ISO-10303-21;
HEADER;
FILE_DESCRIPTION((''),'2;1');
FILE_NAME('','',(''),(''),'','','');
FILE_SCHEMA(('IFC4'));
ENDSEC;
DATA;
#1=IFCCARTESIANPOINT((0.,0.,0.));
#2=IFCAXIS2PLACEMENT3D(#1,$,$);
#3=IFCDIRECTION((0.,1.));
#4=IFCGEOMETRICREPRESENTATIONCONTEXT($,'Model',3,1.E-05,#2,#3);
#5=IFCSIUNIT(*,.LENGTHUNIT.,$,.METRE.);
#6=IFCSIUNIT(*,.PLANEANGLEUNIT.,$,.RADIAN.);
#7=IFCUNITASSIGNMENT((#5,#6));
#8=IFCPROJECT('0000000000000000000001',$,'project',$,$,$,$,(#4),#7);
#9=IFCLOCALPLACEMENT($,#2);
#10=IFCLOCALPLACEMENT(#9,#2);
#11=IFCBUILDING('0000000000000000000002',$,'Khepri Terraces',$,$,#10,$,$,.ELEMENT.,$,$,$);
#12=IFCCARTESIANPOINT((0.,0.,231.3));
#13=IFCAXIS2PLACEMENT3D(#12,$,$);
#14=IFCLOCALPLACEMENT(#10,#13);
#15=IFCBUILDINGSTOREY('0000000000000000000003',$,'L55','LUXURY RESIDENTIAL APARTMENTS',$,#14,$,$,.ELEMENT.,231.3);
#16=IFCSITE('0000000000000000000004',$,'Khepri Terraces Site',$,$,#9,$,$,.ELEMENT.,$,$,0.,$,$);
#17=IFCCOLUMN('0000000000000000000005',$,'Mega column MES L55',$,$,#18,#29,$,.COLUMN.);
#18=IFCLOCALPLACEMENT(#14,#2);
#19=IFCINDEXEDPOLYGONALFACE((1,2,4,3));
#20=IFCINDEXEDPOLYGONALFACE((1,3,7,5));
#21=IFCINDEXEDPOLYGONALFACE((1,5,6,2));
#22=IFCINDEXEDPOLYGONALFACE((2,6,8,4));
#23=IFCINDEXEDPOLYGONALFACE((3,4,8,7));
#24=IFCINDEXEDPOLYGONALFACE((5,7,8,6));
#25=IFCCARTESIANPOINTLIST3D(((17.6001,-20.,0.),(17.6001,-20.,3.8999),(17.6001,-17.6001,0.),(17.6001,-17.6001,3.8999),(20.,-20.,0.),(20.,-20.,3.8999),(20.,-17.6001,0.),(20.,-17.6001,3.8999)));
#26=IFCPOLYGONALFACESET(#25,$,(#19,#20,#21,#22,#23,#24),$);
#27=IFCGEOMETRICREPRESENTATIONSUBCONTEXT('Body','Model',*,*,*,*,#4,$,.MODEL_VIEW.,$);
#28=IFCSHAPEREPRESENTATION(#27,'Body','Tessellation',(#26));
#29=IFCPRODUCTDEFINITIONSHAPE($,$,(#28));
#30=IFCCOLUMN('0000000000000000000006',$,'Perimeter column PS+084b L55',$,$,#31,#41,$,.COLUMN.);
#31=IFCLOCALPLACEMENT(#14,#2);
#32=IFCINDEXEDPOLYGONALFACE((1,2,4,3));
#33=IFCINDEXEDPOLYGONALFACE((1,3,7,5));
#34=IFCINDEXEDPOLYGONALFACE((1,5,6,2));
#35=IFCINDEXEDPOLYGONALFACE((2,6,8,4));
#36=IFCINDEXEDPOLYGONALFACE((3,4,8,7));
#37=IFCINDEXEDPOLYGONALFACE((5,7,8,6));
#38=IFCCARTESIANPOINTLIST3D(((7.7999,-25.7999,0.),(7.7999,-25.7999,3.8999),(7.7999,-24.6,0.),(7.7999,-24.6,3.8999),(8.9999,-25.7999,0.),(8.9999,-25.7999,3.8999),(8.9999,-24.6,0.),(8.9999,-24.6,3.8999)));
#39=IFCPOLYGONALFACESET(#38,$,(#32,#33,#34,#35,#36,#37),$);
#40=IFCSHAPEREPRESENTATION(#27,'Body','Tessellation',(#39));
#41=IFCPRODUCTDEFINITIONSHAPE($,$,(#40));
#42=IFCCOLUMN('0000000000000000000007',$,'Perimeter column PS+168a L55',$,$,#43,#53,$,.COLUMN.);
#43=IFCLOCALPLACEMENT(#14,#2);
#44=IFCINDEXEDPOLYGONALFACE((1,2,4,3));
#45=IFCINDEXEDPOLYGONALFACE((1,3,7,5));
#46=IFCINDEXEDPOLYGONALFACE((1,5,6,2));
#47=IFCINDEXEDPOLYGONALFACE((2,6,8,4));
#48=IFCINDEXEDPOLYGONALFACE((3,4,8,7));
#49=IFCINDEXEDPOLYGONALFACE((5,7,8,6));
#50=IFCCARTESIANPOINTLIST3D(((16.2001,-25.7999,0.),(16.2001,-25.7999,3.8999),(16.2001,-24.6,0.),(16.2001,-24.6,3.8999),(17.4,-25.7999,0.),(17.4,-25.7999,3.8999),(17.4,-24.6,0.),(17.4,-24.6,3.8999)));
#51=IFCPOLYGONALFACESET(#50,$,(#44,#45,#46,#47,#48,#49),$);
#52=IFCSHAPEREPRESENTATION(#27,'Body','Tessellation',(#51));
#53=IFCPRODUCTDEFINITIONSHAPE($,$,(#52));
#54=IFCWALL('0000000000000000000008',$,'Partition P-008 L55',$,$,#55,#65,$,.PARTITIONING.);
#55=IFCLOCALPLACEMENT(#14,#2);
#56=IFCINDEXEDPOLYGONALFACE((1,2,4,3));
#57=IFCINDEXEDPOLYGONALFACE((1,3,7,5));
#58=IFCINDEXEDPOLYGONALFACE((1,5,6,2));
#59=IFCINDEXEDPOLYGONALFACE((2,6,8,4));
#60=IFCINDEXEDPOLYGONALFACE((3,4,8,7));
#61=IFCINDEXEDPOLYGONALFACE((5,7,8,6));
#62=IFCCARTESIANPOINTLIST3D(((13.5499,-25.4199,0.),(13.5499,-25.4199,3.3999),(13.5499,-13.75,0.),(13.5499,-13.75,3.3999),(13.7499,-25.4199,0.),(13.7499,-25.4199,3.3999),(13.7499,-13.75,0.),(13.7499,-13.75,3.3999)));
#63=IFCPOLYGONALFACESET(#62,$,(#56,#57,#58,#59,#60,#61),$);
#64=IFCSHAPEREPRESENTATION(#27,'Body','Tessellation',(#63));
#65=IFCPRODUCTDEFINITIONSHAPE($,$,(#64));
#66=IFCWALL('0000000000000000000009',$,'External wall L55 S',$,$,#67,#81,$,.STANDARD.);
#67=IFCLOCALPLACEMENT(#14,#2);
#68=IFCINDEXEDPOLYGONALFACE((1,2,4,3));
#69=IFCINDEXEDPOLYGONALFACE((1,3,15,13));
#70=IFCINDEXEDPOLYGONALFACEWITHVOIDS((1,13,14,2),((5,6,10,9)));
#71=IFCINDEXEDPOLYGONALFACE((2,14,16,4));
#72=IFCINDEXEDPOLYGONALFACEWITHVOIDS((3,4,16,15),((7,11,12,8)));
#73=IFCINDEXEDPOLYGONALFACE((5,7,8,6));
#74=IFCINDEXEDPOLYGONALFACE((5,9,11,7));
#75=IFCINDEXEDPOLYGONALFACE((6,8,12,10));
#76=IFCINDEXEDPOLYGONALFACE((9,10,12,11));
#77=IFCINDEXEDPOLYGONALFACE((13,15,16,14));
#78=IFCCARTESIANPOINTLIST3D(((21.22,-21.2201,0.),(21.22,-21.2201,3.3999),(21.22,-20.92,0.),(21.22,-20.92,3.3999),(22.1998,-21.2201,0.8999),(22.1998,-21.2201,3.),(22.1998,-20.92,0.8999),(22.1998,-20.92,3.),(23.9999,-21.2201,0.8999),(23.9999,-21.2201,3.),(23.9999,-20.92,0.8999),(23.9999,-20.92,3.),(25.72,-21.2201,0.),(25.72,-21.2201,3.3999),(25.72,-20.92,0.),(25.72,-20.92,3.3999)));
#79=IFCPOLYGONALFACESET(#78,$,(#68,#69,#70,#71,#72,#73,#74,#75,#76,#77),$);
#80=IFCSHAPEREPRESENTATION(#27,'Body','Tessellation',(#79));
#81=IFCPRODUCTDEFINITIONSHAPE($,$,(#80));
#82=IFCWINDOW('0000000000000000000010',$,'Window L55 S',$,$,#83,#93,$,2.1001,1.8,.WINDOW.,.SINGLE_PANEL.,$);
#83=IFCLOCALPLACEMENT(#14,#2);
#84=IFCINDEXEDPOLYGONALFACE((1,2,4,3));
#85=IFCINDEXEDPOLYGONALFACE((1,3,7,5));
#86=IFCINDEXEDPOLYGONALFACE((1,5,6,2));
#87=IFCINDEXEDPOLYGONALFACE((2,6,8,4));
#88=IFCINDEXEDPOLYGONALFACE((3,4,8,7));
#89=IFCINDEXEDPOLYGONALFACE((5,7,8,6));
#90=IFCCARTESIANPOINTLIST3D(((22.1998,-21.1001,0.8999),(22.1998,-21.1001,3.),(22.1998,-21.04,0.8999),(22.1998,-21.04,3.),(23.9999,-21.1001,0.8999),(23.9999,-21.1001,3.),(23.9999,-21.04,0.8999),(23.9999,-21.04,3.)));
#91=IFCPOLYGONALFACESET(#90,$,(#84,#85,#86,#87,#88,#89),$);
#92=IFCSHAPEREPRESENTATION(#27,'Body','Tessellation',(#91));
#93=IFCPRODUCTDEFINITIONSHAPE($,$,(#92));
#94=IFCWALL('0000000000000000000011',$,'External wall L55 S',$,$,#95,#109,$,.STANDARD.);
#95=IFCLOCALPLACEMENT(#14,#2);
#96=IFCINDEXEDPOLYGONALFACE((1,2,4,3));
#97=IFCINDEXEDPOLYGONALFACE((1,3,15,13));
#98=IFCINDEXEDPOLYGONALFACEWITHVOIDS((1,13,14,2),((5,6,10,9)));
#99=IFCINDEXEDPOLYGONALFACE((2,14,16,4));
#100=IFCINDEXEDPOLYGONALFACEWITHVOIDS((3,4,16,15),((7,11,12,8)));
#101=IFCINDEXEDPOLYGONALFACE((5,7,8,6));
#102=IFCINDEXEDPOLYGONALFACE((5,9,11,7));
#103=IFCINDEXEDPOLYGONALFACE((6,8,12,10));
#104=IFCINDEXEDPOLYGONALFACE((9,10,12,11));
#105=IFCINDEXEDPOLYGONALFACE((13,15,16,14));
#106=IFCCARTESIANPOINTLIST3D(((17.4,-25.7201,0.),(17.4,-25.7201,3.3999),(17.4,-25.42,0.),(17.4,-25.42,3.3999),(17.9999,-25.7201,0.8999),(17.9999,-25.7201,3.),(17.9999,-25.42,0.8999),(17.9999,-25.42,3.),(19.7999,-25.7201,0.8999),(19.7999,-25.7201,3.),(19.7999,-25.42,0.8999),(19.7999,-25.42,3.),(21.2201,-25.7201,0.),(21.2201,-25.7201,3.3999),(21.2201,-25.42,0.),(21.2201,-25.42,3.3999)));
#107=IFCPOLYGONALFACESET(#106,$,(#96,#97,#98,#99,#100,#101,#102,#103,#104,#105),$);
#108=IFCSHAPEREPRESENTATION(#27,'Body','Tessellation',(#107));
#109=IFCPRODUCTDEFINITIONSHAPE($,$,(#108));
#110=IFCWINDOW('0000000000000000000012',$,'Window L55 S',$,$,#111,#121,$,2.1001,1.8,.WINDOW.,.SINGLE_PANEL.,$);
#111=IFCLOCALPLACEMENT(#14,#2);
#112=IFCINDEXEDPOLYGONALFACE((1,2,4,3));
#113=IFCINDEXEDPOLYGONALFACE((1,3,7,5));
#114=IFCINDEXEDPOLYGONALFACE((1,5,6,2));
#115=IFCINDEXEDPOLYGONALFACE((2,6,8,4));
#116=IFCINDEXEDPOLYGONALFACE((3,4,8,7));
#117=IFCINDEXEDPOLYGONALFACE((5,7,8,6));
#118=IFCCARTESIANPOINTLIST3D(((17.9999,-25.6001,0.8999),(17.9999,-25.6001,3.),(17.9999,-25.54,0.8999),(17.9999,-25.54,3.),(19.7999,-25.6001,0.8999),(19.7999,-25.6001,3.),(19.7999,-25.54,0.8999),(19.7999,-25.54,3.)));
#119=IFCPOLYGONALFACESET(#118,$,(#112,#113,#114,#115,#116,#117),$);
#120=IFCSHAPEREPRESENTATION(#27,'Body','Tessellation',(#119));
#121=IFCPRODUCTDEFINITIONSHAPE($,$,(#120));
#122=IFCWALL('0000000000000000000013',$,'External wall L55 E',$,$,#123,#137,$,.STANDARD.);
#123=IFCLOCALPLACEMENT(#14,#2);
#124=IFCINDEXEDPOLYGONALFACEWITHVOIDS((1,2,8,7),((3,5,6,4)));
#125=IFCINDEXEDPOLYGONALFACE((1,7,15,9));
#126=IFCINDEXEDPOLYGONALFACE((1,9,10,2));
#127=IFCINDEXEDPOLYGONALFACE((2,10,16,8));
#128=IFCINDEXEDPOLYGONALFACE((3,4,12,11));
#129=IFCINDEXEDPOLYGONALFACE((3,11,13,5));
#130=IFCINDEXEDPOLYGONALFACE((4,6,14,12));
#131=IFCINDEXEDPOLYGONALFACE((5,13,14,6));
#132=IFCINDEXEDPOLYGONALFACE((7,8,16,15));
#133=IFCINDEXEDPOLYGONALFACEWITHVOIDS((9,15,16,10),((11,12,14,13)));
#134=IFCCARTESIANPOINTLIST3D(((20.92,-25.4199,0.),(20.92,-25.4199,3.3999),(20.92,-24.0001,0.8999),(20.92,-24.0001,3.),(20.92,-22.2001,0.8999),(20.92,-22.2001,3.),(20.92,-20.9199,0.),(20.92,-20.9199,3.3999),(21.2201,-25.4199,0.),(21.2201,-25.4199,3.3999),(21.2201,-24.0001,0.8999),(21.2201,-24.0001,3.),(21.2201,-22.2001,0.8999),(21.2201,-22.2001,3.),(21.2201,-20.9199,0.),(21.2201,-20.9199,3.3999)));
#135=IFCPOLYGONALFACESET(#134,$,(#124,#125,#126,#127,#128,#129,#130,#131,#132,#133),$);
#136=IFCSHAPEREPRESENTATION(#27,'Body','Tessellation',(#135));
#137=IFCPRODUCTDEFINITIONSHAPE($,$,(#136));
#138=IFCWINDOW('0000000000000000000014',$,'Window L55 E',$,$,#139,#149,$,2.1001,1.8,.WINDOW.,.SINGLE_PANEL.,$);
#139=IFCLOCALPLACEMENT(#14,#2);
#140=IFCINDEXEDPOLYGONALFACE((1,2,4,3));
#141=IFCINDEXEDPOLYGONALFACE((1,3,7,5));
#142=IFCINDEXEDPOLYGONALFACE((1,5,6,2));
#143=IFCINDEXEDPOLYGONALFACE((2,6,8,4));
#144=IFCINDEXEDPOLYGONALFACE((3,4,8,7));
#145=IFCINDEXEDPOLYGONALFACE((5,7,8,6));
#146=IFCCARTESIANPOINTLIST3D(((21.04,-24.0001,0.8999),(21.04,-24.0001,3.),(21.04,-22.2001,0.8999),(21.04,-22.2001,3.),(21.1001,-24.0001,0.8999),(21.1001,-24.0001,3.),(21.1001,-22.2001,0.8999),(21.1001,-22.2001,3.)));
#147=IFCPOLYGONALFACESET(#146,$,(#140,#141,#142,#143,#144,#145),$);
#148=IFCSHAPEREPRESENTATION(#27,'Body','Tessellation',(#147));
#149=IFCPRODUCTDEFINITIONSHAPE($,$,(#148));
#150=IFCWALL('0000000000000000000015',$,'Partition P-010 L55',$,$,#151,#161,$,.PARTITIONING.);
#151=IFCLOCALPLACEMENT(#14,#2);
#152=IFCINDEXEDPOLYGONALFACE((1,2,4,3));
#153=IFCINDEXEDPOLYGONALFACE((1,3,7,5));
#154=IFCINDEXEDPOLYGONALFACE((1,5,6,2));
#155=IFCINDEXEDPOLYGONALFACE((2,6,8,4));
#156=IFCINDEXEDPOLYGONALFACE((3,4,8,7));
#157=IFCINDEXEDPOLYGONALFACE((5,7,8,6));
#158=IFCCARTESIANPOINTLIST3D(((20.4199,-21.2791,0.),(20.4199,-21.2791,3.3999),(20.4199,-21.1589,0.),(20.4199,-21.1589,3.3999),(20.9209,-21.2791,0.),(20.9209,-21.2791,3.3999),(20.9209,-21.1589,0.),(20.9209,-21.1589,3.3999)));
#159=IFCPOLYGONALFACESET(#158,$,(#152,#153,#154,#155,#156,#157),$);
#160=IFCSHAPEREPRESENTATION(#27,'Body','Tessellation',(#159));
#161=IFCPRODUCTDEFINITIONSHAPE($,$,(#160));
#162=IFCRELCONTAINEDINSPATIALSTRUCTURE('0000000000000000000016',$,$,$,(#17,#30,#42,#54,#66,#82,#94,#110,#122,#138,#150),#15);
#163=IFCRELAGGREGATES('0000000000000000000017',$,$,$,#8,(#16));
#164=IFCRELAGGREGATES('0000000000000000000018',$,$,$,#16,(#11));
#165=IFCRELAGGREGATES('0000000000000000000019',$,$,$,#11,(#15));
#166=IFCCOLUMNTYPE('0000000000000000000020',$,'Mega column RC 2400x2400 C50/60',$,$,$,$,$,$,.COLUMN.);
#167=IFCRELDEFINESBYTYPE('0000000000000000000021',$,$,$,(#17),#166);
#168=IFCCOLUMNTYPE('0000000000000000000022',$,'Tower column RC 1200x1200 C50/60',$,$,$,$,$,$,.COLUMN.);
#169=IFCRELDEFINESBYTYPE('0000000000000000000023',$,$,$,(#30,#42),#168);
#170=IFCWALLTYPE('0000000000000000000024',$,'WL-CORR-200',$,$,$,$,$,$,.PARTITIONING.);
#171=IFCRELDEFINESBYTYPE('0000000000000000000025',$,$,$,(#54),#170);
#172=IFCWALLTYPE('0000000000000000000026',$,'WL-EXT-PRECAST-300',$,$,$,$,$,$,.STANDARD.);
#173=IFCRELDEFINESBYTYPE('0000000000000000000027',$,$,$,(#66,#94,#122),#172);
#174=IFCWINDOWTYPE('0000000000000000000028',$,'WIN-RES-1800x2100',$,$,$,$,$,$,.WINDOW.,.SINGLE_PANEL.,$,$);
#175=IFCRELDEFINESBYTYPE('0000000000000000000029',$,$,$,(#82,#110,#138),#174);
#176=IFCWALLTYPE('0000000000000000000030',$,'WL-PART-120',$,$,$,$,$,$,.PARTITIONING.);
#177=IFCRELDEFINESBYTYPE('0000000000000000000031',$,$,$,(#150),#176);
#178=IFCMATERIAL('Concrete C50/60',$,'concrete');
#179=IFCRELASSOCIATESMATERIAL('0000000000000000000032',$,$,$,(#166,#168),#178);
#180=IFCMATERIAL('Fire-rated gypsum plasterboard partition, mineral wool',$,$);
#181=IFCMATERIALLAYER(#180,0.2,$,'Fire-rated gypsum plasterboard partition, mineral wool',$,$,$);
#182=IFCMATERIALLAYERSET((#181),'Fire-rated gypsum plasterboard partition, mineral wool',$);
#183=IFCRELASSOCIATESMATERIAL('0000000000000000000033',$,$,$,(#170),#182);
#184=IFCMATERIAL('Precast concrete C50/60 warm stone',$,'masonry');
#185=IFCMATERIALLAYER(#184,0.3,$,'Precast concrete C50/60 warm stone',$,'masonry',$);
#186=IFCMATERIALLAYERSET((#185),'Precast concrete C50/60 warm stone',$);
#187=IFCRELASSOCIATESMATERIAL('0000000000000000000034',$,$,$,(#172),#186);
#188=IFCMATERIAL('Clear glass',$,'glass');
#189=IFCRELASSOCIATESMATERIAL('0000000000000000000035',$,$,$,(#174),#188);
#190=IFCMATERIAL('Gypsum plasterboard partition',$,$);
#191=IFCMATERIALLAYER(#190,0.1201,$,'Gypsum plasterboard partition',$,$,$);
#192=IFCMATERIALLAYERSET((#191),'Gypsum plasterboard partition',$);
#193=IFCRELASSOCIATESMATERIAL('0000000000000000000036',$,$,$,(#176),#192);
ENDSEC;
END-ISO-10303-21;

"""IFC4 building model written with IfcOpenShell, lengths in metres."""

from ifc_helpers import new_model, si_unit, direction, frame, frame_2d, origin, origin_2d, place, context, subcontext, project, spatial, rectangle, extrude, material, layer, layer_set, material_profile, profile_set, type_object, element, fill, save


model = new_model("IFC4")

# Units and contexts
model_context = context("Model", 3, precision=1e-05, world=origin(), true_north=direction((0.0, 1.0)))
body_context = subcontext(model_context, "Body", "Model", "MODEL_VIEW")
ifc_project = project(units=[si_unit("LENGTHUNIT", "METRE"), si_unit("PLANEANGLEUNIT", "RADIAN")], contexts=[model_context])

# Site, building, storey
site_placement = place(None, origin())
site = spatial("IfcSite", under=ifc_project, at=site_placement, Name="Khepri Terraces Site", CompositionType="ELEMENT", RefElevation=0.0)
building_placement = place(site_placement, origin())
building = spatial("IfcBuilding", under=site, at=building_placement, Name="Khepri Terraces", CompositionType="ELEMENT")
storey_placement = place(building_placement, frame((0.0, 0.0, 231.3)))
storey = spatial("IfcBuildingStorey", under=building, at=storey_placement, Name="L55", Description="LUXURY RESIDENTIAL APARTMENTS", CompositionType="ELEMENT", Elevation=231.3)

# Columns
ifc_material_1 = material(Name="Concrete C50/60", Category="concrete")
ifc_material_profile_1 = material_profile(ifc_material_1, rectangle(XDim=2.3999, YDim=2.3999, at=origin_2d()), Name="Concrete C50/60", Category="concrete")
ifc_profile_set_1 = profile_set([ifc_material_profile_1], Name="Concrete C50/60")
column_type_1 = type_object("IfcColumnType", Name="Mega column RC 2400x2400 C50/60", PredefinedType="COLUMN", material=ifc_profile_set_1)
column_placement = place(storey_placement, frame((18.8, -18.8, 0.0), z_axis=(0.0, 0.0, 1.0), x_axis=(1.0, 0.0, 0.0)))
element("IfcColumn", 1, at=column_placement, inside=storey, type_object=column_type_1, Name="Mega column MES L55", PredefinedType="COLUMN", context=body_context, shape_type="SweptSolid", body=[
    extrude(rectangle(XDim=2.3999, YDim=2.3999, at=origin_2d()), origin(), (0.0, 0.0, 1.0), 3.8999),
])
ifc_material_profile_2 = material_profile(ifc_material_1, rectangle(XDim=1.2, YDim=1.2, at=origin_2d()), Name="Concrete C50/60", Category="concrete")
ifc_profile_set_2 = profile_set([ifc_material_profile_2], Name="Concrete C50/60")
column_type_2 = type_object("IfcColumnType", Name="Tower column RC 1200x1200 C50/60", PredefinedType="COLUMN", material=ifc_profile_set_2)
for number, where, z_axis, x_axis, name in (
    (2, (8.3999, -25.2, 0.0), (0.0, 0.0, 1.0), (1.0, 0.0, 0.0), "Perimeter column PS+084b L55"),
    (3, (16.8, -25.2, 0.0), (0.0, 0.0, 1.0), (1.0, 0.0, 0.0), "Perimeter column PS+168a L55"),
):
    element("IfcColumn", number, at=place(storey_placement, frame(where, z_axis=z_axis, x_axis=x_axis)), inside=storey, type_object=column_type_2, Name=name, PredefinedType="COLUMN", context=body_context, shape_type="SweptSolid", body=[
        extrude(rectangle(XDim=1.2, YDim=1.2, at=origin_2d()), origin(), (0.0, 0.0, 1.0), 3.8999),
    ])

# Wall
ifc_material_2 = material(Name="Fire-rated gypsum plasterboard partition, mineral wool")
ifc_layer_1 = layer(ifc_material_2, 0.2, Name="Fire-rated gypsum plasterboard partition, mineral wool")
ifc_layer_set_1 = layer_set([ifc_layer_1], Name="Fire-rated gypsum plasterboard partition, mineral wool")
wall_type_1 = type_object("IfcWallType", Name="WL-CORR-200", PredefinedType="PARTITIONING", material=ifc_layer_set_1)
wall_1_placement = place(storey_placement, frame((13.6499, -25.4199, 0.0), z_axis=(0.0, 0.0, 1.0), x_axis=(0.0, 1.0, 0.0)))
element("IfcWall", 4, at=wall_1_placement, inside=storey, type_object=wall_type_1, Name="Partition P-008 L55", PredefinedType="PARTITIONING", context=body_context, shape_type="SweptSolid", body=[
    extrude(rectangle(XDim=11.6699, YDim=0.2, at=frame_2d((5.835, 0.0))), origin(), (0.0, 0.0, 1.0), 3.3999),
])

# Wall, opening, window
ifc_material_3 = material(Name="Precast concrete C50/60 warm stone", Category="masonry")
ifc_layer_2 = layer(ifc_material_3, 0.3, Name="Precast concrete C50/60 warm stone", Category="masonry")
ifc_layer_set_2 = layer_set([ifc_layer_2], Name="Precast concrete C50/60 warm stone")
wall_type_2 = type_object("IfcWallType", Name="WL-EXT-PRECAST-300", PredefinedType="STANDARD", material=ifc_layer_set_2)
wall_2_placement = place(storey_placement, frame((21.22, -21.0701, 0.0), z_axis=(0.0, 0.0, 1.0), x_axis=(1.0, 0.0, 0.0)))
wall_2 = element("IfcWall", 5, at=wall_2_placement, inside=storey, type_object=wall_type_2, Name="External wall L55 S", PredefinedType="STANDARD", context=body_context, shape_type="SweptSolid", body=[
    extrude(rectangle(XDim=4.5, YDim=0.3, at=frame_2d((2.25, 0.0))), origin(), (0.0, 0.0, 1.0), 3.3999),
])
opening_1_placement = place(wall_2_placement, frame((0.98, 0.0, 0.8999)))
opening_1 = element("IfcOpeningElement", 6, at=opening_1_placement, cuts=wall_2, PredefinedType="OPENING", context=body_context, shape_type="SweptSolid", body=[
    extrude(rectangle(XDim=1.8, YDim=2.1001, at=frame_2d((0.8999, 1.05))), frame((0.0, 0.1602, 0.0), z_axis=(0.0, -1.0, 0.0), x_axis=(1.0, 0.0, 0.0)), (0.0, 0.0, 1.0), 0.3201),
])
ifc_material_4 = material(Name="Clear glass", Category="glass")
window_type = type_object("IfcWindowType", Name="WIN-RES-1800x2100", PartitioningType="SINGLE_PANEL", PredefinedType="WINDOW", material=ifc_material_4)
window_1_placement = place(opening_1_placement, origin())
window_1 = element("IfcWindow", 7, at=window_1_placement, inside=storey, type_object=window_type, Name="Window L55 S", OverallHeight=2.1001, OverallWidth=1.8, PartitioningType="SINGLE_PANEL", PredefinedType="WINDOW", context=body_context, shape_type="SweptSolid", body=[
    extrude(rectangle(XDim=1.8, YDim=2.1001, at=frame_2d((0.8999, 1.05))), frame((0.0, 0.03, 0.0), z_axis=(0.0, -1.0, 0.0), x_axis=(1.0, 0.0, 0.0)), (0.0, 0.0, 1.0), 0.0601),
])
fill(opening_1, window_1)

# Walls, openings, windows
wall_3_placement = place(storey_placement, frame((17.3999, -25.5701, 0.0), z_axis=(0.0, 0.0, 1.0), x_axis=(1.0, 0.0, 0.0)))
wall_3 = element("IfcWall", 8, at=wall_3_placement, inside=storey, type_object=wall_type_2, Name="External wall L55 S", PredefinedType="STANDARD", context=body_context, shape_type="SweptSolid", body=[
    extrude(rectangle(XDim=3.8201, YDim=0.3, at=frame_2d((1.9102, 0.0))), origin(), (0.0, 0.0, 1.0), 3.3999),
])
opening_2_placement = place(wall_3_placement, frame((0.6001, 0.0, 0.8999)))
opening_2 = element("IfcOpeningElement", 9, at=opening_2_placement, cuts=wall_3, PredefinedType="OPENING", context=body_context, shape_type="SweptSolid", body=[
    extrude(rectangle(XDim=1.8, YDim=2.1001, at=frame_2d((0.8999, 1.05))), frame((0.0, 0.1602, 0.0), z_axis=(0.0, -1.0, 0.0), x_axis=(1.0, 0.0, 0.0)), (0.0, 0.0, 1.0), 0.3201),
])
window_2_placement = place(opening_2_placement, origin())
window_2 = element("IfcWindow", 10, at=window_2_placement, inside=storey, type_object=window_type, Name="Window L55 S", OverallHeight=2.1001, OverallWidth=1.8, PartitioningType="SINGLE_PANEL", PredefinedType="WINDOW", context=body_context, shape_type="SweptSolid", body=[
    extrude(rectangle(XDim=1.8, YDim=2.1001, at=frame_2d((0.8999, 1.05))), frame((0.0, 0.03, 0.0), z_axis=(0.0, -1.0, 0.0), x_axis=(1.0, 0.0, 0.0)), (0.0, 0.0, 1.0), 0.0601),
])
fill(opening_2, window_2)
wall_4_placement = place(storey_placement, frame((21.0701, -25.4199, 0.0), z_axis=(0.0, 0.0, 1.0), x_axis=(0.0, 1.0, 0.0)))
wall_4 = element("IfcWall", 11, at=wall_4_placement, inside=storey, type_object=wall_type_2, Name="External wall L55 E", PredefinedType="STANDARD", context=body_context, shape_type="SweptSolid", body=[
    extrude(rectangle(XDim=4.5, YDim=0.3, at=frame_2d((2.25, 0.0))), origin(), (0.0, 0.0, 1.0), 3.3999),
])
opening_3_placement = place(wall_4_placement, frame((1.4199, 0.0, 0.8999)))
opening_3 = element("IfcOpeningElement", 12, at=opening_3_placement, cuts=wall_4, PredefinedType="OPENING", context=body_context, shape_type="SweptSolid", body=[
    extrude(rectangle(XDim=1.8, YDim=2.1001, at=frame_2d((0.8999, 1.05))), frame((0.0, 0.1602, 0.0), z_axis=(0.0, -1.0, 0.0), x_axis=(1.0, 0.0, 0.0)), (0.0, 0.0, 1.0), 0.3201),
])
window_3_placement = place(opening_3_placement, origin())
window_3 = element("IfcWindow", 13, at=window_3_placement, inside=storey, type_object=window_type, Name="Window L55 E", OverallHeight=2.1001, OverallWidth=1.8, PartitioningType="SINGLE_PANEL", PredefinedType="WINDOW", context=body_context, shape_type="SweptSolid", body=[
    extrude(rectangle(XDim=1.8, YDim=2.1001, at=frame_2d((0.8999, 1.05))), frame((0.0, 0.03, 0.0), z_axis=(0.0, -1.0, 0.0), x_axis=(1.0, 0.0, 0.0)), (0.0, 0.0, 1.0), 0.0601),
])
fill(opening_3, window_3)

# Wall
ifc_material_5 = material(Name="Gypsum plasterboard partition")
ifc_layer_3 = layer(ifc_material_5, 0.1201, Name="Gypsum plasterboard partition")
ifc_layer_set_3 = layer_set([ifc_layer_3], Name="Gypsum plasterboard partition")
wall_type_3 = type_object("IfcWallType", Name="WL-PART-120", PredefinedType="PARTITIONING", material=ifc_layer_set_3)
wall_5_placement = place(storey_placement, frame((20.4199, -21.219, 0.0), z_axis=(0.0, 0.0, 1.0), x_axis=(1.0, 0.0, 0.0)))
element("IfcWall", 14, at=wall_5_placement, inside=storey, type_object=wall_type_3, Name="Partition P-010 L55", PredefinedType="PARTITIONING", context=body_context, shape_type="SweptSolid", body=[
    extrude(rectangle(XDim=0.501, YDim=0.1201, at=frame_2d((0.2505, 0.0))), origin(), (0.0, 0.0, 1.0), 3.3999),
])

save(model, "model.ifc")
